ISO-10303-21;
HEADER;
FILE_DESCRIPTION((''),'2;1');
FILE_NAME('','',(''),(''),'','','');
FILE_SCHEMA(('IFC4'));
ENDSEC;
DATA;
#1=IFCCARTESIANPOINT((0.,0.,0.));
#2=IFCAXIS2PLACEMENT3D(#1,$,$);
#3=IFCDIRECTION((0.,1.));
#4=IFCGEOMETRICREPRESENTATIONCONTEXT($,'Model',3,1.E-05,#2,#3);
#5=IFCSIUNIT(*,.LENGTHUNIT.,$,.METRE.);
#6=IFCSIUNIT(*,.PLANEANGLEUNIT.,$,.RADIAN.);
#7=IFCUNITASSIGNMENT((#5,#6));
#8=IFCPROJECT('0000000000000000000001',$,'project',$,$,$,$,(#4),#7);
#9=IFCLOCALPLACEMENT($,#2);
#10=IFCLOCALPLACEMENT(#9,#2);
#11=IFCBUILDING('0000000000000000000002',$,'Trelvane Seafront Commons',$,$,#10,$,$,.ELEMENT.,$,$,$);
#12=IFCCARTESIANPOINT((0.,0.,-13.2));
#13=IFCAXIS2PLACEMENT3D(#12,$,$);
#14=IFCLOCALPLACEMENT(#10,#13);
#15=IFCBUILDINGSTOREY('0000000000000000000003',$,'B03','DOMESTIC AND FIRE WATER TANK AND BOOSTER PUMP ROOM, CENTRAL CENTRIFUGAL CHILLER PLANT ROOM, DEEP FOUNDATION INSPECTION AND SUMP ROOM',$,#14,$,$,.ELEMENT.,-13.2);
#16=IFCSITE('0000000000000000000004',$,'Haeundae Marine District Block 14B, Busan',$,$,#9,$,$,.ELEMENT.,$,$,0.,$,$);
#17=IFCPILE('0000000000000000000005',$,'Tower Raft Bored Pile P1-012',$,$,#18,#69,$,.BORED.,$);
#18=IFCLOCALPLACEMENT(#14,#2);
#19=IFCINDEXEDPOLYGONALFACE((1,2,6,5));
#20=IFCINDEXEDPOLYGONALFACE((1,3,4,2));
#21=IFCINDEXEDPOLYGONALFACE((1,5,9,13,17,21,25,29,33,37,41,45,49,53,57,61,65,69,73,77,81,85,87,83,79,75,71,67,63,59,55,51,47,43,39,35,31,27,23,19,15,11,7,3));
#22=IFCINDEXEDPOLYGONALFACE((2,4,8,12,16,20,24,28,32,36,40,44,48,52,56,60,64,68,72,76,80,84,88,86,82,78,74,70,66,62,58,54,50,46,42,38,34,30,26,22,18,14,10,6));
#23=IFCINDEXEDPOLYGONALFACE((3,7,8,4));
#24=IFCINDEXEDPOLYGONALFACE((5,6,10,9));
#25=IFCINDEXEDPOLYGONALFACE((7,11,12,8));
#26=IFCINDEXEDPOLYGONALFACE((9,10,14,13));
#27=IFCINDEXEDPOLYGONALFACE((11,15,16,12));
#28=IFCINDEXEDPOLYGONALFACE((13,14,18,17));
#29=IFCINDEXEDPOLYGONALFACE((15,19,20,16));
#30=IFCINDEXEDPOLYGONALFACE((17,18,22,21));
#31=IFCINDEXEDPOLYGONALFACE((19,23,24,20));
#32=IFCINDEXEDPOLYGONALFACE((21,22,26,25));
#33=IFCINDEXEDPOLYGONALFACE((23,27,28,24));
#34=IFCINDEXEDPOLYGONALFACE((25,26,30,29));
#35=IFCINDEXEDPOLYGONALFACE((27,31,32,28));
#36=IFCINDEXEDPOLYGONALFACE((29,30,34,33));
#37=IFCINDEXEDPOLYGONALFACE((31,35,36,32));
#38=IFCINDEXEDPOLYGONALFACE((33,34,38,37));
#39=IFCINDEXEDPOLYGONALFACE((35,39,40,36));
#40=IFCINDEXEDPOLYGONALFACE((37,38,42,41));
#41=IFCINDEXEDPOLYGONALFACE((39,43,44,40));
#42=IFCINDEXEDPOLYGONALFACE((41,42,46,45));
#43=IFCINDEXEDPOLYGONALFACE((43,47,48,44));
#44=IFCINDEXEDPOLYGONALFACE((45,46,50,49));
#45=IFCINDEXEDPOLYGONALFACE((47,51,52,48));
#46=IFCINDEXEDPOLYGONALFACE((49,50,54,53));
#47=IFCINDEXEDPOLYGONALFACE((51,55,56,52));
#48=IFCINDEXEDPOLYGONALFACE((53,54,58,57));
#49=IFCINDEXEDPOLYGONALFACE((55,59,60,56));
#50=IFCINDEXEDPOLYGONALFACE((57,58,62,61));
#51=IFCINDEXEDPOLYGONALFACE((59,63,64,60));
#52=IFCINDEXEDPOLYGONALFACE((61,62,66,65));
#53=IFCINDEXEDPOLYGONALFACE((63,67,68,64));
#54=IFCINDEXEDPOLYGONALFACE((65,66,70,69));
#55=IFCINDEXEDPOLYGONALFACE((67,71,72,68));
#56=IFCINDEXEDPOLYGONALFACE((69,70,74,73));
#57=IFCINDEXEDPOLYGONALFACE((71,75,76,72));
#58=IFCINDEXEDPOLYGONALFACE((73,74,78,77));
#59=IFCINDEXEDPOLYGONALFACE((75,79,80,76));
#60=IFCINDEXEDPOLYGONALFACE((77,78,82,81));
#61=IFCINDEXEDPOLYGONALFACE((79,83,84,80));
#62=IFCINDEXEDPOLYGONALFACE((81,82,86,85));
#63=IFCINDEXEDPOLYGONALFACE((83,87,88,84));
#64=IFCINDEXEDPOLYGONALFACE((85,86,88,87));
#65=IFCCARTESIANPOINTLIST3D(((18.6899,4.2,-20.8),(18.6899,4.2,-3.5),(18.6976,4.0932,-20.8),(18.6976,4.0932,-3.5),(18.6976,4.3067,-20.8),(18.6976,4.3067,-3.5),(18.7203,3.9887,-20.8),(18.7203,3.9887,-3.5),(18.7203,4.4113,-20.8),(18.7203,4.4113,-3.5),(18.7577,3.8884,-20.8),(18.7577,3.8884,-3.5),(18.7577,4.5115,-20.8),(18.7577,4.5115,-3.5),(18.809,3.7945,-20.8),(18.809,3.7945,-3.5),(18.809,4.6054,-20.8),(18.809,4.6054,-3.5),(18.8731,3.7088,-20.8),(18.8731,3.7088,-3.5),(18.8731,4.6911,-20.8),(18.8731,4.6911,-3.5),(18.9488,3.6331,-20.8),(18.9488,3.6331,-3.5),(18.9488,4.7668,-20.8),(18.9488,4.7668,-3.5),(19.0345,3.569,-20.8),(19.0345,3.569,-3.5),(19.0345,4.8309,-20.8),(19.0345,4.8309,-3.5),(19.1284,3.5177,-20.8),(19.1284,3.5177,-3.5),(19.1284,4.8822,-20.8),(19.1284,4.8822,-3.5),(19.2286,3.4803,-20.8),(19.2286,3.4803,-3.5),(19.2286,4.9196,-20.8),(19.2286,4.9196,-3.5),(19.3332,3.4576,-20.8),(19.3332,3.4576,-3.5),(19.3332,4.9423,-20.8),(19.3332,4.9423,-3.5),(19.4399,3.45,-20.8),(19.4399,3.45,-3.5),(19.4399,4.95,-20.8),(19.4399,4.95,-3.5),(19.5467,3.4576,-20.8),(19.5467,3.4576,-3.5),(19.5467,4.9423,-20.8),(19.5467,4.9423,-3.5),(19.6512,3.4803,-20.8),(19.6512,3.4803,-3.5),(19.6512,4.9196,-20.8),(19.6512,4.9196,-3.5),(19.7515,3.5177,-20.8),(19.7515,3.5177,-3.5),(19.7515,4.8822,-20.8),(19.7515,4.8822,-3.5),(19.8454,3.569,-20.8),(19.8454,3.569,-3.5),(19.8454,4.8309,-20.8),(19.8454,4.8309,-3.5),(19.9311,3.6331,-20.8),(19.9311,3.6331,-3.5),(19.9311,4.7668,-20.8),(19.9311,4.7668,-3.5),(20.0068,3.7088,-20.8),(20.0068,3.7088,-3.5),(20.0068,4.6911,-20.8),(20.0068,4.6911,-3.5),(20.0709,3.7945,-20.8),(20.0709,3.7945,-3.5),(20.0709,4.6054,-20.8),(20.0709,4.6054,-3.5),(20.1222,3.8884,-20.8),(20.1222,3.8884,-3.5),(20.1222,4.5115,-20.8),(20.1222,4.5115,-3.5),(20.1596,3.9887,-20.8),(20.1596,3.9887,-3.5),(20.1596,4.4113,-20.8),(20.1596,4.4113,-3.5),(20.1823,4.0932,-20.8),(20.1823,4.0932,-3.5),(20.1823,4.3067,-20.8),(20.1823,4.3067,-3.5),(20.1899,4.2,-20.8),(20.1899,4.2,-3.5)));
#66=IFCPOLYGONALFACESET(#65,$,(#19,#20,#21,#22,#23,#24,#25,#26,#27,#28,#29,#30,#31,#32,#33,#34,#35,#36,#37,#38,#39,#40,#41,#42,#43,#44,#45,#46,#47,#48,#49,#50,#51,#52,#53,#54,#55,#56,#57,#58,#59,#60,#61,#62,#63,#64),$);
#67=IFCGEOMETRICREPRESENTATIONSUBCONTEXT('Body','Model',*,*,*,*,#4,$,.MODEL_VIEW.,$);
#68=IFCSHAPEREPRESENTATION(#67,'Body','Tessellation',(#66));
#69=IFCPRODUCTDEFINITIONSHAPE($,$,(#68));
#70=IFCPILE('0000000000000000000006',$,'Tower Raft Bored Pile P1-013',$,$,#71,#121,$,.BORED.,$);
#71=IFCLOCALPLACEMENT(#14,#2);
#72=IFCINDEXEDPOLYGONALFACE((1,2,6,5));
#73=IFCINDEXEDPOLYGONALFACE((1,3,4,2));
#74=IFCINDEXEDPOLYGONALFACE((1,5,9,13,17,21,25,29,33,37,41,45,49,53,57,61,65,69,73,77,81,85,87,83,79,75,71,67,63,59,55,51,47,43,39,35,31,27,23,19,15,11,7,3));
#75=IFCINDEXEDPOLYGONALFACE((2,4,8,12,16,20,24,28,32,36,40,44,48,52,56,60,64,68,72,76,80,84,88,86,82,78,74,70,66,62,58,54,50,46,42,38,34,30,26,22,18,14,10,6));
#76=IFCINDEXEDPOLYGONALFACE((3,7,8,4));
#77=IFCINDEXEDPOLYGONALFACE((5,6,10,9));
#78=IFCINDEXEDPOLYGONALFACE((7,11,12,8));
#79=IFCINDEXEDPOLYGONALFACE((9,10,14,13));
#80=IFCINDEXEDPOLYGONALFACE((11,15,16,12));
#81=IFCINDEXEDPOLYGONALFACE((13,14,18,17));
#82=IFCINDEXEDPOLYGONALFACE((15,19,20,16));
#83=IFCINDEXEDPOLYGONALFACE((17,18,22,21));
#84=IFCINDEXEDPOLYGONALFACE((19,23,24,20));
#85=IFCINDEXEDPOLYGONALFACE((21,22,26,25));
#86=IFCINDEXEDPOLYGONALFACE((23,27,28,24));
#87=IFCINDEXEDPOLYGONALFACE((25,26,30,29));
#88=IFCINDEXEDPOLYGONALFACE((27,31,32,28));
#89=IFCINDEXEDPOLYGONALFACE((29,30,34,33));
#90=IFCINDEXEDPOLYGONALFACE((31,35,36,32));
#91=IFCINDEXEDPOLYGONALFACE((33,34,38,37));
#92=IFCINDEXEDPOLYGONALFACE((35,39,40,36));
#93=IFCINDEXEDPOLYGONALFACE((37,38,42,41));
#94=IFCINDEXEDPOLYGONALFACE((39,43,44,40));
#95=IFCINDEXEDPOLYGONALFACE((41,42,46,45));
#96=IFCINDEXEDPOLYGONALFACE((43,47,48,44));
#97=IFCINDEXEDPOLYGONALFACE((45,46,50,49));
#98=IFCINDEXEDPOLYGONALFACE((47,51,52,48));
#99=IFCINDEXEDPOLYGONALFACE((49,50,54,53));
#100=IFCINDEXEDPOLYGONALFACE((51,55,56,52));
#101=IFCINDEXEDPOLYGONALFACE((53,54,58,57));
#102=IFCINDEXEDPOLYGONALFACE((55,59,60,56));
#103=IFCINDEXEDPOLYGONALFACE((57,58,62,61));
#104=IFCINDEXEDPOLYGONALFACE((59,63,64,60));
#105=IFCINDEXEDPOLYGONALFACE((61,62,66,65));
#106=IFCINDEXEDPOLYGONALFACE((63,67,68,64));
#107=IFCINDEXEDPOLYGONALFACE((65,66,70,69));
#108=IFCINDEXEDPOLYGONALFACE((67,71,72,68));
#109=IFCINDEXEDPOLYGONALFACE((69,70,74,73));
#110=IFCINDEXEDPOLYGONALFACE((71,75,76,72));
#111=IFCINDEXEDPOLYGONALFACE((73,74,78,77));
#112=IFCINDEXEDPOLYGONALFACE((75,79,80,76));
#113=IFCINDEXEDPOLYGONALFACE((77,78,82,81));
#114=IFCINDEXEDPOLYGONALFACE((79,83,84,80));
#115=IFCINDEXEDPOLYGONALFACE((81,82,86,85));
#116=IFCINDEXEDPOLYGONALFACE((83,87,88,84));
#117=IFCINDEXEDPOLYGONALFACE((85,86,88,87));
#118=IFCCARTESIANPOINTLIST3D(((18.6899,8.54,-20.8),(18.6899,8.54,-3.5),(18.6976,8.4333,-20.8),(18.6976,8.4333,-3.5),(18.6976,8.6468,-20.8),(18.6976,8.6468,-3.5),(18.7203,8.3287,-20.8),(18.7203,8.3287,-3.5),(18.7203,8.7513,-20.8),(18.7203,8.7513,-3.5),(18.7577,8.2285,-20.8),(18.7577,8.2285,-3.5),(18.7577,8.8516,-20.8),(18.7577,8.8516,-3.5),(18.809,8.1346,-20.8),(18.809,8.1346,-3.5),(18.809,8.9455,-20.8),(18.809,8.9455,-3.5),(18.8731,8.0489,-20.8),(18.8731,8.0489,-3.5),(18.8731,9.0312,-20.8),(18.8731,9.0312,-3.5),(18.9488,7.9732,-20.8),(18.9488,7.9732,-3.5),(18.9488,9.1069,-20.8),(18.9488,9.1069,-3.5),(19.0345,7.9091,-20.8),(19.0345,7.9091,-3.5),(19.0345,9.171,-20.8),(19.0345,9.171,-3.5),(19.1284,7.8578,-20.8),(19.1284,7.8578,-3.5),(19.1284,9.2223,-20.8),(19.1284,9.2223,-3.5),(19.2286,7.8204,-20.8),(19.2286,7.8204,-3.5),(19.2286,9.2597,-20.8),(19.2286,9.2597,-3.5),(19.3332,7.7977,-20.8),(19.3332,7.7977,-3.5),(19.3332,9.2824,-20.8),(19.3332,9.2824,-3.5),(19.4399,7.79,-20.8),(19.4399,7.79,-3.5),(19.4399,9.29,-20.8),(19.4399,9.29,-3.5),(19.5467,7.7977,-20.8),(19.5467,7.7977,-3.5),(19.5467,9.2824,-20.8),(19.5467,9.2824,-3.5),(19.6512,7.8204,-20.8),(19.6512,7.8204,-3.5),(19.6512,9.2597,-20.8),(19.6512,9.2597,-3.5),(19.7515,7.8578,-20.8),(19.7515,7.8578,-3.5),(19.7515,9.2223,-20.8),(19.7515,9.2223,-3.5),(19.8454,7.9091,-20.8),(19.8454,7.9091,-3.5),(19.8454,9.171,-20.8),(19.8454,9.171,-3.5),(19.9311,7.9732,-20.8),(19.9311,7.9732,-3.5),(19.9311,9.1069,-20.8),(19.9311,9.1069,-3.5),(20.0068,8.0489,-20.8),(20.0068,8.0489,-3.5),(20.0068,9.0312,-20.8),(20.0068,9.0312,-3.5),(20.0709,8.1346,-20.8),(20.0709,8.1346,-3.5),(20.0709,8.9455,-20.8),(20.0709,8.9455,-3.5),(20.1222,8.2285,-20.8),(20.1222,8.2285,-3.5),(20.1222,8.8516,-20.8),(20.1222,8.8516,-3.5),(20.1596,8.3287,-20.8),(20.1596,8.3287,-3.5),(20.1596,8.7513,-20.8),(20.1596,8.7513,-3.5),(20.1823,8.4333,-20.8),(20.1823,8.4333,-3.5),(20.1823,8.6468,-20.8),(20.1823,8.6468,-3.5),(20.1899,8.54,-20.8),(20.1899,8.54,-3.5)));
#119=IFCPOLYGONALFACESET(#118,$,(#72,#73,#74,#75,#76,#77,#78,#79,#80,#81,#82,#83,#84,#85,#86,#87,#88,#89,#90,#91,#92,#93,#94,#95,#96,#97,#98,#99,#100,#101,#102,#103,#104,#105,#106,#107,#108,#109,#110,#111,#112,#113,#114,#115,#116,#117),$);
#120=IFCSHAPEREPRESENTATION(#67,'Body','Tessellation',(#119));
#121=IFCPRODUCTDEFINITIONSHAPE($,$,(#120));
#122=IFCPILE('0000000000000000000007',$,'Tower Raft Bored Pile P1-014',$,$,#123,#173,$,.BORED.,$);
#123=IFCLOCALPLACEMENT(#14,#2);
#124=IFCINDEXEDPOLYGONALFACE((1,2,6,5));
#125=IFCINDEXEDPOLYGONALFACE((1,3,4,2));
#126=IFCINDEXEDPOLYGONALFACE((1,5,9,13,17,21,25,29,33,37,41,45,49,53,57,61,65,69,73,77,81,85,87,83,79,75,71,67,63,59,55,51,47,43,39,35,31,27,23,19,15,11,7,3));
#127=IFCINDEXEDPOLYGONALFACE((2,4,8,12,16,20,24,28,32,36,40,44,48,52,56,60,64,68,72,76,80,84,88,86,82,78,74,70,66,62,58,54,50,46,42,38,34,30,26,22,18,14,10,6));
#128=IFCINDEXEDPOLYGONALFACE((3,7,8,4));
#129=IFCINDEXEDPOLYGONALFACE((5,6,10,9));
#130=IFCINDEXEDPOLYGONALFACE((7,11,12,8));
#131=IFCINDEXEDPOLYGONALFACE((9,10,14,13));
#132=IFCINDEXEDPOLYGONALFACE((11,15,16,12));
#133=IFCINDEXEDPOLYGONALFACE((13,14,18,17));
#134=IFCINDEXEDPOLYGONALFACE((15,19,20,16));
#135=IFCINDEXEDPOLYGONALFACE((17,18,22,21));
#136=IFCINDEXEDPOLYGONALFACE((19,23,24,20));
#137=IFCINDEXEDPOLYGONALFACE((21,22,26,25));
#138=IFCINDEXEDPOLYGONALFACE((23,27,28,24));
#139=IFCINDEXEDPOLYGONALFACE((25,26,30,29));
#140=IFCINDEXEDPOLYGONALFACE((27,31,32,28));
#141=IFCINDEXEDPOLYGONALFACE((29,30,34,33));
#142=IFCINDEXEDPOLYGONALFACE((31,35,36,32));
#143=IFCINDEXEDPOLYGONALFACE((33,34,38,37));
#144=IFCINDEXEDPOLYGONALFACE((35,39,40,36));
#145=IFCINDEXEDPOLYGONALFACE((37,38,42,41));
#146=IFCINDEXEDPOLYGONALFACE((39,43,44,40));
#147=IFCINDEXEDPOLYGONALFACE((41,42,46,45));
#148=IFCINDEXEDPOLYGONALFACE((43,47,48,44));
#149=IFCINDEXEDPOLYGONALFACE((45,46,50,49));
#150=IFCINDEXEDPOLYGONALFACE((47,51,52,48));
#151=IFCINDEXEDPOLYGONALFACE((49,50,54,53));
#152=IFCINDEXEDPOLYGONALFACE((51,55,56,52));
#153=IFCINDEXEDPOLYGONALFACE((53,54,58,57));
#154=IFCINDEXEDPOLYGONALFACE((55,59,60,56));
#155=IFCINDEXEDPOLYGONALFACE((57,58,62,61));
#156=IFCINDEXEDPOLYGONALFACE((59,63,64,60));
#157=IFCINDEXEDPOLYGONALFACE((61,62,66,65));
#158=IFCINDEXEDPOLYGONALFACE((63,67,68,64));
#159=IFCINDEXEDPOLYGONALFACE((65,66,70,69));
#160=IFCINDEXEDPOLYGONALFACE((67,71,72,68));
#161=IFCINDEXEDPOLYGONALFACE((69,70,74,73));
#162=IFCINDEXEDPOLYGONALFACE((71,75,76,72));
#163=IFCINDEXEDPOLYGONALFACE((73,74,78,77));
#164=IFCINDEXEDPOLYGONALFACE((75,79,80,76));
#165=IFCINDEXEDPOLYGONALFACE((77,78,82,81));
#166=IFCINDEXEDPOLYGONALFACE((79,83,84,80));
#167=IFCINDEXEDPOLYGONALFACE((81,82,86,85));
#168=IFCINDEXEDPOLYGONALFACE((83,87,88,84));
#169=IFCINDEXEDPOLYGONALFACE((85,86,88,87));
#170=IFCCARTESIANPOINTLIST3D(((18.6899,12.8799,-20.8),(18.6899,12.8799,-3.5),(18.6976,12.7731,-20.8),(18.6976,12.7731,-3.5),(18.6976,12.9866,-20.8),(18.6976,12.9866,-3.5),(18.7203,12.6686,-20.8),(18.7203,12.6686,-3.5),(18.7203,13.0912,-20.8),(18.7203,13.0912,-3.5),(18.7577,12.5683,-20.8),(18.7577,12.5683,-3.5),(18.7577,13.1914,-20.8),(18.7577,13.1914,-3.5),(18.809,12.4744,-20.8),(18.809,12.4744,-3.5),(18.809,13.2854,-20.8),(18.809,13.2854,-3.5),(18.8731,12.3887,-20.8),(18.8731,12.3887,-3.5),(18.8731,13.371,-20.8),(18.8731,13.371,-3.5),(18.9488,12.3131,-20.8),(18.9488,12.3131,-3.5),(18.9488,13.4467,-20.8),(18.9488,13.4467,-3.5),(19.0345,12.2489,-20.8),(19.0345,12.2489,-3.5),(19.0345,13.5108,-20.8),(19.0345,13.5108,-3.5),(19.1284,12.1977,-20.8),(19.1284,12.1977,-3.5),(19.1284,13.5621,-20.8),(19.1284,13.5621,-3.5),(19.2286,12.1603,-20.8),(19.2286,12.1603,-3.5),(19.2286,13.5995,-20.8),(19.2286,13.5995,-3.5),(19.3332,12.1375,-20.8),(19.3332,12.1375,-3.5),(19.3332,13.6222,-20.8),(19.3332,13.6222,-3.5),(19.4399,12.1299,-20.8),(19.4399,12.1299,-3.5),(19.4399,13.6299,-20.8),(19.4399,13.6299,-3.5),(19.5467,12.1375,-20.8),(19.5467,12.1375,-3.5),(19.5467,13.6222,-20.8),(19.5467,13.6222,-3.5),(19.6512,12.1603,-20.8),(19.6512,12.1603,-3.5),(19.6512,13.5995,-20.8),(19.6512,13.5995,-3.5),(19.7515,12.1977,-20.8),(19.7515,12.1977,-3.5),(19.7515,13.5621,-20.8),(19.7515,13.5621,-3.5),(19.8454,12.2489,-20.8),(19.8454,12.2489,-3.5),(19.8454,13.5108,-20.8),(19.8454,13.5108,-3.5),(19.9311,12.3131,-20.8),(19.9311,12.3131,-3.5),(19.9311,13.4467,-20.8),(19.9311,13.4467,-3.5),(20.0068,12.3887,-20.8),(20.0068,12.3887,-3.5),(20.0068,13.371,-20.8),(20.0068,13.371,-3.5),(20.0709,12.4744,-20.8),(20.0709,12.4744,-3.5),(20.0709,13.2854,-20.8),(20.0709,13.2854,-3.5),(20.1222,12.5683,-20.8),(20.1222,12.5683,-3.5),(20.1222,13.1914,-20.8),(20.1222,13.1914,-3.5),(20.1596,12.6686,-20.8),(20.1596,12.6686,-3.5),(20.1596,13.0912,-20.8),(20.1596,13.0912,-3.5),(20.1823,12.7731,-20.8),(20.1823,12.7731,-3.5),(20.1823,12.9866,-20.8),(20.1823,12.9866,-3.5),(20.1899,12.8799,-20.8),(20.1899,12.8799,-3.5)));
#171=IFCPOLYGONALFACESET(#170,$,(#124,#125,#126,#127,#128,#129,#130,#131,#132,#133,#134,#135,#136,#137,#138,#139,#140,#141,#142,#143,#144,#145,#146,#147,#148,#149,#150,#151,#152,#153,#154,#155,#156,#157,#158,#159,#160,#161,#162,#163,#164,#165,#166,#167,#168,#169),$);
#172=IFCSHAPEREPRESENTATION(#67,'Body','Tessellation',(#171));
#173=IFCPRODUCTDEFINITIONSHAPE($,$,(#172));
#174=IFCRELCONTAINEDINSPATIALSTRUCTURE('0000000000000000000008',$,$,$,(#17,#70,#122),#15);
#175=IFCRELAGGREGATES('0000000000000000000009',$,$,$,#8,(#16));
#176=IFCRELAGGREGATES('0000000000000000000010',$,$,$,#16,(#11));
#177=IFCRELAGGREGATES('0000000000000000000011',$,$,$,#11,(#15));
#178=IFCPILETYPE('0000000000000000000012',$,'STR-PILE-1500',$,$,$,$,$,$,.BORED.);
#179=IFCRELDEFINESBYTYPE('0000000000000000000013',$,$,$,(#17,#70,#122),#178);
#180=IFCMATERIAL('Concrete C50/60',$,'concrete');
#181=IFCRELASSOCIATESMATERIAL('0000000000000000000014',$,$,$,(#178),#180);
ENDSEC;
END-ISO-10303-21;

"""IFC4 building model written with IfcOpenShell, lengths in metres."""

from ifc_helpers import new_model, si_unit, direction, frame, origin, origin_2d, place, context, subcontext, project, spatial, circle, extrude, source, transform, mapped, material, material_profile, profile_set, type_object, element, save


model = new_model("IFC4")

# Units and contexts
model_context = context("Model", 3, precision=1e-05, world=origin(), true_north=direction((0.0, 1.0)))
body_context = subcontext(model_context, "Body", "Model", "MODEL_VIEW")
ifc_project = project(units=[si_unit("LENGTHUNIT", "METRE"), si_unit("PLANEANGLEUNIT", "RADIAN")], contexts=[model_context])

# Site, building, storey
site_placement = place(None, origin())
site = spatial("IfcSite", under=ifc_project, at=site_placement, Name="Haeundae Marine District Block 14B, Busan", CompositionType="ELEMENT", RefElevation=0.0)
building_placement = place(site_placement, origin())
building = spatial("IfcBuilding", under=site, at=building_placement, Name="Trelvane Seafront Commons", CompositionType="ELEMENT")
storey_placement = place(building_placement, frame((0.0, 0.0, -13.2)))
storey = spatial("IfcBuildingStorey", under=building, at=storey_placement, Name="B03", Description="DOMESTIC AND FIRE WATER TANK AND BOOSTER PUMP ROOM, CENTRAL CENTRIFUGAL CHILLER PLANT ROOM, DEEP FOUNDATION INSPECTION AND SUMP ROOM", CompositionType="ELEMENT", Elevation=-13.2)

# Piles
ifc_material_1 = material(Name="Concrete C50/60", Category="concrete")
ifc_material_profile_1 = material_profile(ifc_material_1, circle(Radius=0.75, at=origin_2d()), Name="PILE-1500")
ifc_profile_set_1 = profile_set([ifc_material_profile_1], Name="Concrete C50/60")
pile_type = type_object("IfcPileType", Name="STR-PILE-1500", PredefinedType="BORED", material=ifc_profile_set_1)
shared_shape_1 = source(origin(), body_context, "Body", "SweptSolid", [
    extrude(circle(Radius=0.75, at=origin_2d()), origin(), (0.0, 0.0, 1.0), 17.3),
])
for number, where, z_axis, x_axis, name in (
    (1, (19.4399, 4.2, -3.5), (0.0, 0.0, -1.0), (1.0, 0.0, 0.0), "Tower Raft Bored Pile P1-012"),
    (2, (19.4399, 8.54, -3.5), (0.0, 0.0, -1.0), (1.0, 0.0, 0.0), "Tower Raft Bored Pile P1-013"),
    (3, (19.4399, 12.8799, -3.5), (0.0, 0.0, -1.0), (1.0, 0.0, 0.0), "Tower Raft Bored Pile P1-014"),
):
    element("IfcPile", number, at=place(storey_placement, frame(where, z_axis=z_axis, x_axis=x_axis)), inside=storey, type_object=pile_type, Name=name, PredefinedType="BORED", context=body_context, shape_type="MappedRepresentation", body=[
        mapped(shared_shape_1, transform((0.0, 0.0, 0.0), x_axis=(1.0, 0.0, 0.0), y_axis=(0.0, 1.0, 0.0), z_axis=(0.0, 0.0, 1.0), scale=1.0)),
    ])

save(model, "model.ifc")
